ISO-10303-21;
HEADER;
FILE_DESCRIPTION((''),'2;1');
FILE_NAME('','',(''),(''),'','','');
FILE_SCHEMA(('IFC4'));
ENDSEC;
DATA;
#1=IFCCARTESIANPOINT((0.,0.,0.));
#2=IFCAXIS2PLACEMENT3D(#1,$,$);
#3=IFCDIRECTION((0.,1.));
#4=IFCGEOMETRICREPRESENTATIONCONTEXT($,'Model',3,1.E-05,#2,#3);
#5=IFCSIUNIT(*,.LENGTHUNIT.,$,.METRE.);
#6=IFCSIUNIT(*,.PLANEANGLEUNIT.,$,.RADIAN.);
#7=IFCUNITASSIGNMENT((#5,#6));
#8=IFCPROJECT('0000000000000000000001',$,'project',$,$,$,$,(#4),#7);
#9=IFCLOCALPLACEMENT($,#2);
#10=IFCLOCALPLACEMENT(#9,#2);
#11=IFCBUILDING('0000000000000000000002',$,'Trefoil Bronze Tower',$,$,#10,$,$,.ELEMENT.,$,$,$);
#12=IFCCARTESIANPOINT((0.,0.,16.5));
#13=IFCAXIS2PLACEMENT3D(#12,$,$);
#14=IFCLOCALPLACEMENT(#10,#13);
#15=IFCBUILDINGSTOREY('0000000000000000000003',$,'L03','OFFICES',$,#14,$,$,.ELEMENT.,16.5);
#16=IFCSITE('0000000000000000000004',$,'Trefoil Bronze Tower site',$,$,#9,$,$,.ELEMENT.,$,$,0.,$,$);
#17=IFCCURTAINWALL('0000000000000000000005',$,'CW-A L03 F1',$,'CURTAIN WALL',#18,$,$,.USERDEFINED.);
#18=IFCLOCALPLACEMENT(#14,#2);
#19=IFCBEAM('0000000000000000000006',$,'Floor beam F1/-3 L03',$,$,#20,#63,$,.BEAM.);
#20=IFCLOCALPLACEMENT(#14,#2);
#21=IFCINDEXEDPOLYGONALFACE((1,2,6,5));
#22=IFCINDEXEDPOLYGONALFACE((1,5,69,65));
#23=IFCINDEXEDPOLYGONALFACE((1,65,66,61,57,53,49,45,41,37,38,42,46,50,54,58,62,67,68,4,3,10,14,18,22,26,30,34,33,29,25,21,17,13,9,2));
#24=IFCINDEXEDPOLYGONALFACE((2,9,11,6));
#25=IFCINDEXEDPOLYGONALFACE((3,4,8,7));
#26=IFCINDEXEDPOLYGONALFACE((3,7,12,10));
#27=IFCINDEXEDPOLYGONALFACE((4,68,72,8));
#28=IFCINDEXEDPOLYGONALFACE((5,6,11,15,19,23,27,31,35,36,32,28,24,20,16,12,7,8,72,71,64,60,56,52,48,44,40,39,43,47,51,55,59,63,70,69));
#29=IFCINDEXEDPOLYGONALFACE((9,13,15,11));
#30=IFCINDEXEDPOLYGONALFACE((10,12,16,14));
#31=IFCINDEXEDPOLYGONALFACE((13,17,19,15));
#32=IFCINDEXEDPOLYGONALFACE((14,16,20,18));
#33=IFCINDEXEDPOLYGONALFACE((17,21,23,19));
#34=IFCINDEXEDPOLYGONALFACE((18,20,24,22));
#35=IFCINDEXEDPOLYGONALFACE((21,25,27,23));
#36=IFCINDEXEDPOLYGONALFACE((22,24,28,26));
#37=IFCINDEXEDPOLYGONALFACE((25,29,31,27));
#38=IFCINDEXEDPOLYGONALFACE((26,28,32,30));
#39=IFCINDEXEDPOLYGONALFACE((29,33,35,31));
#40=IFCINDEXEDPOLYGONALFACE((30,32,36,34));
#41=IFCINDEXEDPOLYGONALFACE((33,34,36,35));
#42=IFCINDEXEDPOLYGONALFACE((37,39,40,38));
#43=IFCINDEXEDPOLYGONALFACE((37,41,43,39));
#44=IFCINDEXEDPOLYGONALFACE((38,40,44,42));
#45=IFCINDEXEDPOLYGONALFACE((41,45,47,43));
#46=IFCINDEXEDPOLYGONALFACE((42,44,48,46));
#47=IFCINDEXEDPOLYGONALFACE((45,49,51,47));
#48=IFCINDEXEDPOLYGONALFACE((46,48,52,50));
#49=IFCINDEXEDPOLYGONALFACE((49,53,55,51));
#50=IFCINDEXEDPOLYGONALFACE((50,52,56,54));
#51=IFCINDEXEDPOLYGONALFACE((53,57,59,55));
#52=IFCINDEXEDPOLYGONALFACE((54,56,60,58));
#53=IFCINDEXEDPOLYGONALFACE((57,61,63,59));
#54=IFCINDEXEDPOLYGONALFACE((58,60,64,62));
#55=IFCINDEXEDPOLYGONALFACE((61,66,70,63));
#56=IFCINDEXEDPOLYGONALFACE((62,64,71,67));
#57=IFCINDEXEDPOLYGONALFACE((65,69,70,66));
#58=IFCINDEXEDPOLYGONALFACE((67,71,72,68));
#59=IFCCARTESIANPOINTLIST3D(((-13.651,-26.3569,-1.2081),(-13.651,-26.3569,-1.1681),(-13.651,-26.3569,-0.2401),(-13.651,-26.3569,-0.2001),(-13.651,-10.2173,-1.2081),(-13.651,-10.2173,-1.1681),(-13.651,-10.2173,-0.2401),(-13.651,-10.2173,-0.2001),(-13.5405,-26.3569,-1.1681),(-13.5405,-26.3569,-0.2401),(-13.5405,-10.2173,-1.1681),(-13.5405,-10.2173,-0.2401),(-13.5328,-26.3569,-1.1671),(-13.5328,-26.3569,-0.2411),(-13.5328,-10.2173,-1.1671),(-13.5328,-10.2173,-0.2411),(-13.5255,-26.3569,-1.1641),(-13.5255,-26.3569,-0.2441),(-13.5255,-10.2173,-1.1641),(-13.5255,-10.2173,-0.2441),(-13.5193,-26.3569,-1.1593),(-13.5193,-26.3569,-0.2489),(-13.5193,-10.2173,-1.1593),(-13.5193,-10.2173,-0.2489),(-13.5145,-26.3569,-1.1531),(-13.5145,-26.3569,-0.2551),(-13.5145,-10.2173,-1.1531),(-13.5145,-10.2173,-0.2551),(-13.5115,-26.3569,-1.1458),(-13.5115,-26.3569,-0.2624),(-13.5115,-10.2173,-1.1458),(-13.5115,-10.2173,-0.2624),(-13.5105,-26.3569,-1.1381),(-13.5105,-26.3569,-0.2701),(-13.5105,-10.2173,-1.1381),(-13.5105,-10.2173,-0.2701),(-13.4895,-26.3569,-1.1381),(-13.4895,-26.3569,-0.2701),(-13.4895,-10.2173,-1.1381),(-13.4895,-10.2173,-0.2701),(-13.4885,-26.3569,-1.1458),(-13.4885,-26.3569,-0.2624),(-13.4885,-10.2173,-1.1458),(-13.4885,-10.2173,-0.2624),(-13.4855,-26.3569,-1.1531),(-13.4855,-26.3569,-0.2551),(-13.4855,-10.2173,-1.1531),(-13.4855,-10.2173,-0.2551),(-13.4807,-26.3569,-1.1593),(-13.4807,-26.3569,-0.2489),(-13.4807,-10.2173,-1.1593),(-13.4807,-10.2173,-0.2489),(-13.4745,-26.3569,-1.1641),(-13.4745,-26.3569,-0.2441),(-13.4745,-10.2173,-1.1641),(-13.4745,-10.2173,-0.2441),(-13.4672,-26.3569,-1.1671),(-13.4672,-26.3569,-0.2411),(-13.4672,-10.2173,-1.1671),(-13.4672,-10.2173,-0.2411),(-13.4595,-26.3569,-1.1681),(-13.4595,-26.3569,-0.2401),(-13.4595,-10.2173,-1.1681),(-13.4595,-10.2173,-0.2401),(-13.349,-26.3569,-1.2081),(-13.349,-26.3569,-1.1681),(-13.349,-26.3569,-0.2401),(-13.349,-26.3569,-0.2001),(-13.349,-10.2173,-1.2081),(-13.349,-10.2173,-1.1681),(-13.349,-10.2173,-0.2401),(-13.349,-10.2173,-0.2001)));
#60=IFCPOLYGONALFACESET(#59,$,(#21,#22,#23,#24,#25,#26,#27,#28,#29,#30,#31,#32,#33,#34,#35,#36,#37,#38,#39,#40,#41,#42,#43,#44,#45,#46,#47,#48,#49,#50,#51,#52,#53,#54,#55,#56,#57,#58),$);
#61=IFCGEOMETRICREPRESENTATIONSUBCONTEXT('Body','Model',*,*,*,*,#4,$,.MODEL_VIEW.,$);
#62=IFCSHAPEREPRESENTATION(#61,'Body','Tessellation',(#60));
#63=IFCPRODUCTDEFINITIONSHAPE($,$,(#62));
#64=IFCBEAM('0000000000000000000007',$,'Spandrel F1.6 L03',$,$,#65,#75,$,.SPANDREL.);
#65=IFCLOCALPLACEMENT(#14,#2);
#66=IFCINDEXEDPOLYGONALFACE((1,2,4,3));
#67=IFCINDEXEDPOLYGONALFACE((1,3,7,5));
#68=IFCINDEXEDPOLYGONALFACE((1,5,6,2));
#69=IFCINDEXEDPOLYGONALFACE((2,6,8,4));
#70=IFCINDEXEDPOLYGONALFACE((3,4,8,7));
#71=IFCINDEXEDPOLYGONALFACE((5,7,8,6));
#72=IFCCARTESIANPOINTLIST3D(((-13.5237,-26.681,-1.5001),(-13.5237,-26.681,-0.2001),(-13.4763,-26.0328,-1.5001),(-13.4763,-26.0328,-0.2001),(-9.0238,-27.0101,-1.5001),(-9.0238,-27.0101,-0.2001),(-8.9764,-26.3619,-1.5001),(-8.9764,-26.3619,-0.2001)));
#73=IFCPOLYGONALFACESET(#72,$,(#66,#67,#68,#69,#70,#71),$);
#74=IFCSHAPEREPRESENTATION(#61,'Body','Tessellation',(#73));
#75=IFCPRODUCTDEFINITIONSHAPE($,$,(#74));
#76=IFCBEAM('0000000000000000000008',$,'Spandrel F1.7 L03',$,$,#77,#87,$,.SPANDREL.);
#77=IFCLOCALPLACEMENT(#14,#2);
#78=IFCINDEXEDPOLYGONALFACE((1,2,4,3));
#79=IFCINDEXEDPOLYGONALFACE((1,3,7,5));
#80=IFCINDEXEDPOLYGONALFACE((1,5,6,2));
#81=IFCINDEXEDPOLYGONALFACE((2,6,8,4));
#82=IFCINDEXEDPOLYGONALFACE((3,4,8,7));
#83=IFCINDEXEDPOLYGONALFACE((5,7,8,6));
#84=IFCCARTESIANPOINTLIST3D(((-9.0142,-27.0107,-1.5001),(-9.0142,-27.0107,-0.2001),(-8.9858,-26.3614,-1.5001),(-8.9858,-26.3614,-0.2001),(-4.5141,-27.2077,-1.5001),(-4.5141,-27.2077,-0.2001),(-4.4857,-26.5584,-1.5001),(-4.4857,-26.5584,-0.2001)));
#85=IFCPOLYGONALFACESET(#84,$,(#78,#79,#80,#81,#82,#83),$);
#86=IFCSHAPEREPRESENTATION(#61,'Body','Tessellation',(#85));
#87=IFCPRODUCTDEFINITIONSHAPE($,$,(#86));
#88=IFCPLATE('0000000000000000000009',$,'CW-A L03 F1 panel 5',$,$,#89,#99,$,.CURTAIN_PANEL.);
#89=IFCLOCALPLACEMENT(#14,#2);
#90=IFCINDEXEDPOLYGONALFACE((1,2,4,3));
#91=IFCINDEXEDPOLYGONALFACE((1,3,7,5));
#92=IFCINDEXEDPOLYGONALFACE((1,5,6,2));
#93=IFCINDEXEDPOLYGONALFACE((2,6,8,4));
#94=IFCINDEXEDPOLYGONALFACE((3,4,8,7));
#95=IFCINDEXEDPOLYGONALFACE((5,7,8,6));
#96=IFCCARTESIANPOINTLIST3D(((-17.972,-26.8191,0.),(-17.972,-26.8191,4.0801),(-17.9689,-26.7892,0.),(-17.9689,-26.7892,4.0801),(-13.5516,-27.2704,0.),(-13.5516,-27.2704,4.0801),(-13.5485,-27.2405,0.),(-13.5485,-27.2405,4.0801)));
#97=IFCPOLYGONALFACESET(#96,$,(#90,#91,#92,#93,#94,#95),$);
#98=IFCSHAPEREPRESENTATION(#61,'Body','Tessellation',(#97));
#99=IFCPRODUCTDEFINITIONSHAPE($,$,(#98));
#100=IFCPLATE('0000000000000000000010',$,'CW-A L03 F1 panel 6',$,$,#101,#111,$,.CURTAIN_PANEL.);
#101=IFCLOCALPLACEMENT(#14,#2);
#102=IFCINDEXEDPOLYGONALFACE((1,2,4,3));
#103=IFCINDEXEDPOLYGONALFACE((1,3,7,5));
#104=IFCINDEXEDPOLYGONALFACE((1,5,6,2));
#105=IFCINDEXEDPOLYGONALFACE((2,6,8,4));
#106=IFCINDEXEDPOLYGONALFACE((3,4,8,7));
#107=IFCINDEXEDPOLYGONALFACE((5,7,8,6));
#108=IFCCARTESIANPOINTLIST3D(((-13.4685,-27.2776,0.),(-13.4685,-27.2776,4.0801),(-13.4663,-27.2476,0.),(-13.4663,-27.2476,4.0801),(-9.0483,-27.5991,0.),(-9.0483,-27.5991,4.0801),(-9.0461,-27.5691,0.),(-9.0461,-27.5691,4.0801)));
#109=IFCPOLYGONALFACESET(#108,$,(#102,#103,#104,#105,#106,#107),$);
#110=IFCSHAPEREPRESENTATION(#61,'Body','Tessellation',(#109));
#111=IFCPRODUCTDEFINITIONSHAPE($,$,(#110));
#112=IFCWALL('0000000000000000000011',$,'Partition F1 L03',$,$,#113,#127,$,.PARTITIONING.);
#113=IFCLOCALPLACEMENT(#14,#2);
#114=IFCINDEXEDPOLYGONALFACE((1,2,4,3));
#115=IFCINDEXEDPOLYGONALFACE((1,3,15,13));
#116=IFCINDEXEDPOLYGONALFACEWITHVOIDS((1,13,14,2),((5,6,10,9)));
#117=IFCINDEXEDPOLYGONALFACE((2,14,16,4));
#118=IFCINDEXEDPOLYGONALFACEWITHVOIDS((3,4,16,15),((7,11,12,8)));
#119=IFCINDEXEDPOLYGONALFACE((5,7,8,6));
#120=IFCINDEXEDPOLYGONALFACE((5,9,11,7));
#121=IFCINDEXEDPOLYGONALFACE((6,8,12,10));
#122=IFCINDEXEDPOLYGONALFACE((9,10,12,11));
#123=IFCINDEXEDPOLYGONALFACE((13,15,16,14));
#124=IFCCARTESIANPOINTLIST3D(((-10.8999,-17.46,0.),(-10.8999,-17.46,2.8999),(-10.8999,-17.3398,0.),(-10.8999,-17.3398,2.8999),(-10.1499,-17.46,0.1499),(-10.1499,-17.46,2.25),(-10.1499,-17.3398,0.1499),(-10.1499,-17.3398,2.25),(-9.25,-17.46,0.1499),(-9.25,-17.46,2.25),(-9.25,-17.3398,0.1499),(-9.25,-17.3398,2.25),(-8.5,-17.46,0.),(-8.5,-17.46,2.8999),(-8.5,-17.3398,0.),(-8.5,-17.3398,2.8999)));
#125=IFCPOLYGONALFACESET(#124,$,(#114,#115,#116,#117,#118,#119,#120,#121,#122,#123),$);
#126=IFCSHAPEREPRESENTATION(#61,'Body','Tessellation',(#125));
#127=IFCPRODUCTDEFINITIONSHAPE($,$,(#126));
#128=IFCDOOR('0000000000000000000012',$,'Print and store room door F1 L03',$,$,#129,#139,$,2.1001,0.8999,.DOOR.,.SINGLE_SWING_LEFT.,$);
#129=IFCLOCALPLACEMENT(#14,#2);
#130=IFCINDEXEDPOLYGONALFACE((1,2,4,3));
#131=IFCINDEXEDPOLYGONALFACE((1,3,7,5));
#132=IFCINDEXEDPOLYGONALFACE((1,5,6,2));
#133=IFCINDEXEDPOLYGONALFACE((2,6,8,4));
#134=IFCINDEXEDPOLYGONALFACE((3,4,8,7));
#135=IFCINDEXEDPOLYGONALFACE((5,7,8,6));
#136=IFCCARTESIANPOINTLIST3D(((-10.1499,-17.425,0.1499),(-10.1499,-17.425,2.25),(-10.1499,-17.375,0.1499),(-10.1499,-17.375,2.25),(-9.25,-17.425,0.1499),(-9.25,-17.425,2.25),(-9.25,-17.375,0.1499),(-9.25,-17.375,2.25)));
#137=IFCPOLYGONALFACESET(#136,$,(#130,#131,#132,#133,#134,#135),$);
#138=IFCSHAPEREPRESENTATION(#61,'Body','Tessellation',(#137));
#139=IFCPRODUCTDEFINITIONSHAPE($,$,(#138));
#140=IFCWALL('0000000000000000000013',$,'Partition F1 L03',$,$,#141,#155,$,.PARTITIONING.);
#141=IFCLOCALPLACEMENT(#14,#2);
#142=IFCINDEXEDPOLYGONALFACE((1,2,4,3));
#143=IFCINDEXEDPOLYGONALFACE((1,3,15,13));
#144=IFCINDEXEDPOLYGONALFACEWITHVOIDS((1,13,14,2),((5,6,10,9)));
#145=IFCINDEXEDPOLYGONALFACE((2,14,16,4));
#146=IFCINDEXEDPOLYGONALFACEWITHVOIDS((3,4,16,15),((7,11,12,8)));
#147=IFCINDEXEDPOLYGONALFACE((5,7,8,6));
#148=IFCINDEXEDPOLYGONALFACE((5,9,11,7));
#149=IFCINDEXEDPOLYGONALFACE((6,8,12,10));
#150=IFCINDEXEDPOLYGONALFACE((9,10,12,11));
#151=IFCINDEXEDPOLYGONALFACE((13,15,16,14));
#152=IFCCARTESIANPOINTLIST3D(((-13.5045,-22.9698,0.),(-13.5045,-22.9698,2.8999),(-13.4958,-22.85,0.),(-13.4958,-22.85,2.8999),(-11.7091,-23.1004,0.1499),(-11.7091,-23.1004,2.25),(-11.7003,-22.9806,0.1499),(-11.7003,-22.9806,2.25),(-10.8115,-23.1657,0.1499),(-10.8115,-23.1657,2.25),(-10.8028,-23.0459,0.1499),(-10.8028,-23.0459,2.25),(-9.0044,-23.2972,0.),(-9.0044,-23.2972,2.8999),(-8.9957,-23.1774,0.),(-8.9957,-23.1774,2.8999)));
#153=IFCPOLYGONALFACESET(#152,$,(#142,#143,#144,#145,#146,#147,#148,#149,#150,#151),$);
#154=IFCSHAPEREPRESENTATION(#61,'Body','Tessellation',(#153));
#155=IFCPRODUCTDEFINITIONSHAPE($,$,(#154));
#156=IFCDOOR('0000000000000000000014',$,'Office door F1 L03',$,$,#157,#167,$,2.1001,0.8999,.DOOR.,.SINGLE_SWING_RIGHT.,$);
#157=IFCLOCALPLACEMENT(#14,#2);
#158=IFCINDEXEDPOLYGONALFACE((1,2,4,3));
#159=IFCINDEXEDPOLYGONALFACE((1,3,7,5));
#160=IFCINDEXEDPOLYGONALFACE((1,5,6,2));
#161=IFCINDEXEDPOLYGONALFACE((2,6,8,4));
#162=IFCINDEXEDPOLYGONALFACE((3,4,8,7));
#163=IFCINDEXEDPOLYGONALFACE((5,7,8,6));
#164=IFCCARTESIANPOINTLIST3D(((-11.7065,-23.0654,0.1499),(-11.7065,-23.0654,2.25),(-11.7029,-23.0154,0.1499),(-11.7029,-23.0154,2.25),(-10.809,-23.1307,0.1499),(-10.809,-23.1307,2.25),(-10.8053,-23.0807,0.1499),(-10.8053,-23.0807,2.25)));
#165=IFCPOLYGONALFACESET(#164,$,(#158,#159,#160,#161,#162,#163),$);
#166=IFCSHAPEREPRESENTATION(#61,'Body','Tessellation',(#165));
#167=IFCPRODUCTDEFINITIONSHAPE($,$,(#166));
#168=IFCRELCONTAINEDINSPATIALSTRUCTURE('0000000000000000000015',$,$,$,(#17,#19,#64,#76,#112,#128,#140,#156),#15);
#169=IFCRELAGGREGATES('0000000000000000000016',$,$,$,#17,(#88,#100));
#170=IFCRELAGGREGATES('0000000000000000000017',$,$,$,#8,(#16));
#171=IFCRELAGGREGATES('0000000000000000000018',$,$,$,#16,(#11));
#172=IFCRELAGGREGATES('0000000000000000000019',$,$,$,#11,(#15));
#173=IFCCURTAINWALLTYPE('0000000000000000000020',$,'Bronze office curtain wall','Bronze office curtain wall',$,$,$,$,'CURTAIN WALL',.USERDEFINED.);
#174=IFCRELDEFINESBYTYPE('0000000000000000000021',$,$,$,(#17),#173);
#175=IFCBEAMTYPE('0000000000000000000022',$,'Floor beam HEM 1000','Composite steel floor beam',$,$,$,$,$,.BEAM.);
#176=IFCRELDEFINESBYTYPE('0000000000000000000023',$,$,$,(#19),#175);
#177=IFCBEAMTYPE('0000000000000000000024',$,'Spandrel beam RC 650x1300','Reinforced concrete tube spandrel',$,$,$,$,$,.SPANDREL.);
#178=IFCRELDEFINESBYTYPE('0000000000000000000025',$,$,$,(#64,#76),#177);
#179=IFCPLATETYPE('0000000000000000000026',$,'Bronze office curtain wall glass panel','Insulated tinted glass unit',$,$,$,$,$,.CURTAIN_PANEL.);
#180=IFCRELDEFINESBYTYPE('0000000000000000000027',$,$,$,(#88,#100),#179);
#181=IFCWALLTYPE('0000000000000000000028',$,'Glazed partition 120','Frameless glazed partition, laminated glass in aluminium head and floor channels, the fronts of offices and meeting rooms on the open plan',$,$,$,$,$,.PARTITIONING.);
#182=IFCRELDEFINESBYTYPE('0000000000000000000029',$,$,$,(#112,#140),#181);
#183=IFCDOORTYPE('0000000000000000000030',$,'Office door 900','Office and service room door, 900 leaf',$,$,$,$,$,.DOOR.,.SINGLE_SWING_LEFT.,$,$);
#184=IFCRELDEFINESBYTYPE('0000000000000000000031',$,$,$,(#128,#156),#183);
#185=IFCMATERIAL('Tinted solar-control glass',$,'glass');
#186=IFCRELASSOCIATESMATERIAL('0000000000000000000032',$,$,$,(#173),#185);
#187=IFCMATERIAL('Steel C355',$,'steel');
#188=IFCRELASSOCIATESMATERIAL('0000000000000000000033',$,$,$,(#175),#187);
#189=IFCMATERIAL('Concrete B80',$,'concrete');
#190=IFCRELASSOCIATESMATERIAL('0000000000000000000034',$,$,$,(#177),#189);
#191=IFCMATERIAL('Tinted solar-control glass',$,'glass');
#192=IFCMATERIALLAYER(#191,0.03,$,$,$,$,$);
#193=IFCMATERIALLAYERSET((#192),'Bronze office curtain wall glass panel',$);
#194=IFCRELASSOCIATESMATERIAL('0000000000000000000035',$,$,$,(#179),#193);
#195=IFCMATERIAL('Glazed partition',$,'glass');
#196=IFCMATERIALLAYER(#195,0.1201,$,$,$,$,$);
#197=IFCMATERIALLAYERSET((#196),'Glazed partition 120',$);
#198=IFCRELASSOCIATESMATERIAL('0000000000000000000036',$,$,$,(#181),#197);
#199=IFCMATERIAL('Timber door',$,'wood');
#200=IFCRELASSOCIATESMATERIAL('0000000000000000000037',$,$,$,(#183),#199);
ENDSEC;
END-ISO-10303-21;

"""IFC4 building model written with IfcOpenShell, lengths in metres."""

from ifc_helpers import new_model, si_unit, direction, frame, frame_2d, origin, origin_2d, place, context, subcontext, project, spatial, rectangle, i_section, extrude, material, layer, layer_set, material_profile, profile_set, type_object, element, fill, aggregate, save


model = new_model("IFC4")

# Units and contexts
model_context = context("Model", 3, precision=1e-05, world=origin(), true_north=direction((0.0, 1.0)))
body_context = subcontext(model_context, "Body", "Model", "MODEL_VIEW")
ifc_project = project(units=[si_unit("LENGTHUNIT", "METRE"), si_unit("PLANEANGLEUNIT", "RADIAN")], contexts=[model_context])

# Site, building, storey
site_placement = place(None, origin())
site = spatial("IfcSite", under=ifc_project, at=site_placement, Name="Trefoil Bronze Tower site", CompositionType="ELEMENT", RefElevation=0.0)
building_placement = place(site_placement, origin())
building = spatial("IfcBuilding", under=site, at=building_placement, Name="Trefoil Bronze Tower", CompositionType="ELEMENT")
storey_placement = place(building_placement, frame((0.0, 0.0, 16.5)))
storey = spatial("IfcBuildingStorey", under=building, at=storey_placement, Name="L03", Description="OFFICES", CompositionType="ELEMENT", Elevation=16.5)

# Curtain wall
ifc_material_1 = material(Name="Tinted solar-control glass", Category="glass")
curtain_wall_type = type_object("IfcCurtainWallType", Name="Bronze office curtain wall", Description="Bronze office curtain wall", ElementType="CURTAIN WALL", PredefinedType="USERDEFINED", material=ifc_material_1)
curtain_wall_placement = place(storey_placement, origin())
curtain_wall = element("IfcCurtainWall", 1, at=curtain_wall_placement, inside=storey, type_object=curtain_wall_type, Name="CW-A L03 F1", ObjectType="CURTAIN WALL", PredefinedType="USERDEFINED")

# Beams
ifc_material_2 = material(Name="Steel C355", Category="steel")
ifc_material_profile_1 = material_profile(ifc_material_2, i_section(OverallWidth=0.302, OverallDepth=1.0081, WebThickness=0.021, FlangeThickness=0.04, FilletRadius=0.03, at=origin_2d()), Name="HEM 1000")
ifc_profile_set_1 = profile_set([ifc_material_profile_1], Name="Steel C355")
beam_type_1 = type_object("IfcBeamType", Name="Floor beam HEM 1000", Description="Composite steel floor beam", PredefinedType="BEAM", material=ifc_profile_set_1)
beam_1_placement = place(storey_placement, frame((-13.5, -26.3569, -0.7041), z_axis=(0.0, 1.0, 0.0), x_axis=(-1.0, 0.0, 0.0)))
element("IfcBeam", 2, at=beam_1_placement, inside=storey, type_object=beam_type_1, Name="Floor beam F1/-3 L03", PredefinedType="BEAM", context=body_context, shape_type="SweptSolid", body=[
    extrude(i_section(OverallWidth=0.302, OverallDepth=1.0081, WebThickness=0.021, FlangeThickness=0.04, FilletRadius=0.03, at=origin_2d()), origin(), (0.0, 0.0, 1.0), 16.1396),
])
ifc_material_3 = material(Name="Concrete B80", Category="concrete")
ifc_material_profile_2 = material_profile(ifc_material_3, rectangle(XDim=0.6499, YDim=1.3, at=origin_2d()), Name="RC 650x1300")
ifc_profile_set_2 = profile_set([ifc_material_profile_2], Name="Concrete B80")
beam_type_2 = type_object("IfcBeamType", Name="Spandrel beam RC 650x1300", Description="Reinforced concrete tube spandrel", PredefinedType="SPANDREL", material=ifc_profile_set_2)
beam_2_placement = place(storey_placement, frame((-13.5, -26.3569, -0.8501), z_axis=(0.997336, -0.072939, 0.0), x_axis=(0.072939, 0.997336, 0.0)))
element("IfcBeam", 3, at=beam_2_placement, inside=storey, type_object=beam_type_2, Name="Spandrel F1.6 L03", PredefinedType="SPANDREL", context=body_context, shape_type="SweptSolid", body=[
    extrude(rectangle(XDim=0.6499, YDim=1.3, at=origin_2d()), origin(), (0.0, 0.0, 1.0), 4.512),
])
beam_3_placement = place(storey_placement, frame((-9.0, -26.686, -0.8501), z_axis=(0.999043, -0.043741, 0.0), x_axis=(0.043741, 0.999043, 0.0)))
element("IfcBeam", 4, at=beam_3_placement, inside=storey, type_object=beam_type_2, Name="Spandrel F1.7 L03", PredefinedType="SPANDREL", context=body_context, shape_type="SweptSolid", body=[
    extrude(rectangle(XDim=0.6499, YDim=1.3, at=origin_2d()), origin(), (0.0, 0.0, 1.0), 4.5044),
])

# Plates
ifc_material_4 = material(Name="Tinted solar-control glass", Category="glass")
ifc_layer_1 = layer(ifc_material_4, 0.03)
ifc_layer_set_1 = layer_set([ifc_layer_1], Name="Bronze office curtain wall glass panel")
plate_type = type_object("IfcPlateType", Name="Bronze office curtain wall glass panel", Description="Insulated tinted glass unit", PredefinedType="CURTAIN_PANEL", material=ifc_layer_set_1)
plate_1_placement = place(storey_placement, frame((-15.7603, -27.0298, 0.0), z_axis=(0.0, 0.0, 1.0), x_axis=(0.994829, -0.101565, 0.0)))
plate_1 = element("IfcPlate", 5, at=plate_1_placement, type_object=plate_type, Name="CW-A L03 F1 panel 5", PredefinedType="CURTAIN_PANEL", context=body_context, shape_type="SweptSolid", body=[
    extrude(rectangle(XDim=4.4434, YDim=0.03, at=origin_2d()), origin(), (0.0, 0.0, 1.0), 4.0801),
])
plate_2_placement = place(storey_placement, frame((-11.2573, -27.4233, 0.0), z_axis=(0.0, 0.0, 1.0), x_axis=(0.997365, -0.072547, 0.0)))
plate_2 = element("IfcPlate", 6, at=plate_2_placement, type_object=plate_type, Name="CW-A L03 F1 panel 6", PredefinedType="CURTAIN_PANEL", context=body_context, shape_type="SweptSolid", body=[
    extrude(rectangle(XDim=4.4319, YDim=0.03, at=origin_2d()), origin(), (0.0, 0.0, 1.0), 4.0801),
])
aggregate(curtain_wall, [plate_1, plate_2])

# Walls, openings, doors
ifc_material_5 = material(Name="Glazed partition", Category="glass")
ifc_layer_2 = layer(ifc_material_5, 0.1201)
ifc_layer_set_2 = layer_set([ifc_layer_2], Name="Glazed partition 120")
wall_type = type_object("IfcWallType", Name="Glazed partition 120", Description="Frameless glazed partition, laminated glass in aluminium head and floor channels, the fronts of offices and meeting rooms on the open plan", PredefinedType="PARTITIONING", material=ifc_layer_set_2)
wall_1_placement = place(storey_placement, frame((-10.8999, -17.3999, 0.0), z_axis=(0.0, 0.0, 1.0), x_axis=(1.0, 0.0, 0.0)))
wall_1 = element("IfcWall", 7, at=wall_1_placement, inside=storey, type_object=wall_type, Name="Partition F1 L03", PredefinedType="PARTITIONING", context=body_context, shape_type="SweptSolid", body=[
    extrude(rectangle(XDim=2.3999, YDim=0.1201, at=frame_2d((1.2, 0.0))), origin(), (0.0, 0.0, 1.0), 2.8999),
])
opening_1_placement = place(wall_1_placement, frame((0.75, 0.0, 0.1499)))
opening_1 = element("IfcOpeningElement", 8, at=opening_1_placement, cuts=wall_1, PredefinedType="OPENING", context=body_context, shape_type="SweptSolid", body=[
    extrude(rectangle(XDim=0.8999, YDim=2.1001, at=frame_2d((0.45, 1.05))), frame((0.0, 0.0701, 0.0), z_axis=(0.0, -1.0, 0.0), x_axis=(1.0, 0.0, 0.0)), (0.0, 0.0, 1.0), 0.1401),
])
ifc_material_6 = material(Name="Timber door", Category="wood")
door_type = type_object("IfcDoorType", Name="Office door 900", Description="Office and service room door, 900 leaf", OperationType="SINGLE_SWING_LEFT", PredefinedType="DOOR", material=ifc_material_6)
door_1_placement = place(opening_1_placement, origin())
door_1 = element("IfcDoor", 9, at=door_1_placement, inside=storey, type_object=door_type, Name="Print and store room door F1 L03", OperationType="SINGLE_SWING_LEFT", OverallHeight=2.1001, OverallWidth=0.8999, PredefinedType="DOOR", context=body_context, shape_type="SweptSolid", body=[
    extrude(rectangle(XDim=0.8999, YDim=2.1001, at=frame_2d((0.45, 1.05))), frame((0.0, 0.0249, 0.0), z_axis=(0.0, -1.0, 0.0), x_axis=(1.0, 0.0, 0.0)), (0.0, 0.0, 1.0), 0.05),
])
fill(opening_1, door_1)
wall_2_placement = place(storey_placement, frame((-13.5, -22.9099, 0.0), z_axis=(0.0, 0.0, 1.0), x_axis=(0.997364, -0.072562, 0.0)))
wall_2 = element("IfcWall", 10, at=wall_2_placement, inside=storey, type_object=wall_type, Name="Partition F1 L03", PredefinedType="PARTITIONING", context=body_context, shape_type="SweptSolid", body=[
    extrude(rectangle(XDim=4.512, YDim=0.1201, at=frame_2d((2.2559, 0.0))), origin(), (0.0, 0.0, 1.0), 2.8999),
])
opening_2_placement = place(wall_2_placement, frame((1.8, 0.0, 0.1499)))
opening_2 = element("IfcOpeningElement", 11, at=opening_2_placement, cuts=wall_2, PredefinedType="OPENING", context=body_context, shape_type="SweptSolid", body=[
    extrude(rectangle(XDim=0.8999, YDim=2.1001, at=frame_2d((0.45, 1.05))), frame((0.0, 0.0701, 0.0), z_axis=(0.0, -1.0, 0.0), x_axis=(1.0, 0.0, 0.0)), (0.0, 0.0, 1.0), 0.1401),
])
door_2_placement = place(opening_2_placement, frame((0.8999, 0.0, 0.0), z_axis=(0.0, 0.0, 1.0), x_axis=(-1.0, 0.0, 0.0)))
door_2 = element("IfcDoor", 12, at=door_2_placement, inside=storey, type_object=door_type, Name="Office door F1 L03", OperationType="SINGLE_SWING_RIGHT", OverallHeight=2.1001, OverallWidth=0.8999, PredefinedType="DOOR", context=body_context, shape_type="SweptSolid", body=[
    extrude(rectangle(XDim=0.8999, YDim=2.1001, at=frame_2d((0.45, 1.05))), frame((0.0, 0.0249, 0.0), z_axis=(0.0, -1.0, 0.0), x_axis=(1.0, 0.0, 0.0)), (0.0, 0.0, 1.0), 0.05),
])
fill(opening_2, door_2)

save(model, "model.ifc")
